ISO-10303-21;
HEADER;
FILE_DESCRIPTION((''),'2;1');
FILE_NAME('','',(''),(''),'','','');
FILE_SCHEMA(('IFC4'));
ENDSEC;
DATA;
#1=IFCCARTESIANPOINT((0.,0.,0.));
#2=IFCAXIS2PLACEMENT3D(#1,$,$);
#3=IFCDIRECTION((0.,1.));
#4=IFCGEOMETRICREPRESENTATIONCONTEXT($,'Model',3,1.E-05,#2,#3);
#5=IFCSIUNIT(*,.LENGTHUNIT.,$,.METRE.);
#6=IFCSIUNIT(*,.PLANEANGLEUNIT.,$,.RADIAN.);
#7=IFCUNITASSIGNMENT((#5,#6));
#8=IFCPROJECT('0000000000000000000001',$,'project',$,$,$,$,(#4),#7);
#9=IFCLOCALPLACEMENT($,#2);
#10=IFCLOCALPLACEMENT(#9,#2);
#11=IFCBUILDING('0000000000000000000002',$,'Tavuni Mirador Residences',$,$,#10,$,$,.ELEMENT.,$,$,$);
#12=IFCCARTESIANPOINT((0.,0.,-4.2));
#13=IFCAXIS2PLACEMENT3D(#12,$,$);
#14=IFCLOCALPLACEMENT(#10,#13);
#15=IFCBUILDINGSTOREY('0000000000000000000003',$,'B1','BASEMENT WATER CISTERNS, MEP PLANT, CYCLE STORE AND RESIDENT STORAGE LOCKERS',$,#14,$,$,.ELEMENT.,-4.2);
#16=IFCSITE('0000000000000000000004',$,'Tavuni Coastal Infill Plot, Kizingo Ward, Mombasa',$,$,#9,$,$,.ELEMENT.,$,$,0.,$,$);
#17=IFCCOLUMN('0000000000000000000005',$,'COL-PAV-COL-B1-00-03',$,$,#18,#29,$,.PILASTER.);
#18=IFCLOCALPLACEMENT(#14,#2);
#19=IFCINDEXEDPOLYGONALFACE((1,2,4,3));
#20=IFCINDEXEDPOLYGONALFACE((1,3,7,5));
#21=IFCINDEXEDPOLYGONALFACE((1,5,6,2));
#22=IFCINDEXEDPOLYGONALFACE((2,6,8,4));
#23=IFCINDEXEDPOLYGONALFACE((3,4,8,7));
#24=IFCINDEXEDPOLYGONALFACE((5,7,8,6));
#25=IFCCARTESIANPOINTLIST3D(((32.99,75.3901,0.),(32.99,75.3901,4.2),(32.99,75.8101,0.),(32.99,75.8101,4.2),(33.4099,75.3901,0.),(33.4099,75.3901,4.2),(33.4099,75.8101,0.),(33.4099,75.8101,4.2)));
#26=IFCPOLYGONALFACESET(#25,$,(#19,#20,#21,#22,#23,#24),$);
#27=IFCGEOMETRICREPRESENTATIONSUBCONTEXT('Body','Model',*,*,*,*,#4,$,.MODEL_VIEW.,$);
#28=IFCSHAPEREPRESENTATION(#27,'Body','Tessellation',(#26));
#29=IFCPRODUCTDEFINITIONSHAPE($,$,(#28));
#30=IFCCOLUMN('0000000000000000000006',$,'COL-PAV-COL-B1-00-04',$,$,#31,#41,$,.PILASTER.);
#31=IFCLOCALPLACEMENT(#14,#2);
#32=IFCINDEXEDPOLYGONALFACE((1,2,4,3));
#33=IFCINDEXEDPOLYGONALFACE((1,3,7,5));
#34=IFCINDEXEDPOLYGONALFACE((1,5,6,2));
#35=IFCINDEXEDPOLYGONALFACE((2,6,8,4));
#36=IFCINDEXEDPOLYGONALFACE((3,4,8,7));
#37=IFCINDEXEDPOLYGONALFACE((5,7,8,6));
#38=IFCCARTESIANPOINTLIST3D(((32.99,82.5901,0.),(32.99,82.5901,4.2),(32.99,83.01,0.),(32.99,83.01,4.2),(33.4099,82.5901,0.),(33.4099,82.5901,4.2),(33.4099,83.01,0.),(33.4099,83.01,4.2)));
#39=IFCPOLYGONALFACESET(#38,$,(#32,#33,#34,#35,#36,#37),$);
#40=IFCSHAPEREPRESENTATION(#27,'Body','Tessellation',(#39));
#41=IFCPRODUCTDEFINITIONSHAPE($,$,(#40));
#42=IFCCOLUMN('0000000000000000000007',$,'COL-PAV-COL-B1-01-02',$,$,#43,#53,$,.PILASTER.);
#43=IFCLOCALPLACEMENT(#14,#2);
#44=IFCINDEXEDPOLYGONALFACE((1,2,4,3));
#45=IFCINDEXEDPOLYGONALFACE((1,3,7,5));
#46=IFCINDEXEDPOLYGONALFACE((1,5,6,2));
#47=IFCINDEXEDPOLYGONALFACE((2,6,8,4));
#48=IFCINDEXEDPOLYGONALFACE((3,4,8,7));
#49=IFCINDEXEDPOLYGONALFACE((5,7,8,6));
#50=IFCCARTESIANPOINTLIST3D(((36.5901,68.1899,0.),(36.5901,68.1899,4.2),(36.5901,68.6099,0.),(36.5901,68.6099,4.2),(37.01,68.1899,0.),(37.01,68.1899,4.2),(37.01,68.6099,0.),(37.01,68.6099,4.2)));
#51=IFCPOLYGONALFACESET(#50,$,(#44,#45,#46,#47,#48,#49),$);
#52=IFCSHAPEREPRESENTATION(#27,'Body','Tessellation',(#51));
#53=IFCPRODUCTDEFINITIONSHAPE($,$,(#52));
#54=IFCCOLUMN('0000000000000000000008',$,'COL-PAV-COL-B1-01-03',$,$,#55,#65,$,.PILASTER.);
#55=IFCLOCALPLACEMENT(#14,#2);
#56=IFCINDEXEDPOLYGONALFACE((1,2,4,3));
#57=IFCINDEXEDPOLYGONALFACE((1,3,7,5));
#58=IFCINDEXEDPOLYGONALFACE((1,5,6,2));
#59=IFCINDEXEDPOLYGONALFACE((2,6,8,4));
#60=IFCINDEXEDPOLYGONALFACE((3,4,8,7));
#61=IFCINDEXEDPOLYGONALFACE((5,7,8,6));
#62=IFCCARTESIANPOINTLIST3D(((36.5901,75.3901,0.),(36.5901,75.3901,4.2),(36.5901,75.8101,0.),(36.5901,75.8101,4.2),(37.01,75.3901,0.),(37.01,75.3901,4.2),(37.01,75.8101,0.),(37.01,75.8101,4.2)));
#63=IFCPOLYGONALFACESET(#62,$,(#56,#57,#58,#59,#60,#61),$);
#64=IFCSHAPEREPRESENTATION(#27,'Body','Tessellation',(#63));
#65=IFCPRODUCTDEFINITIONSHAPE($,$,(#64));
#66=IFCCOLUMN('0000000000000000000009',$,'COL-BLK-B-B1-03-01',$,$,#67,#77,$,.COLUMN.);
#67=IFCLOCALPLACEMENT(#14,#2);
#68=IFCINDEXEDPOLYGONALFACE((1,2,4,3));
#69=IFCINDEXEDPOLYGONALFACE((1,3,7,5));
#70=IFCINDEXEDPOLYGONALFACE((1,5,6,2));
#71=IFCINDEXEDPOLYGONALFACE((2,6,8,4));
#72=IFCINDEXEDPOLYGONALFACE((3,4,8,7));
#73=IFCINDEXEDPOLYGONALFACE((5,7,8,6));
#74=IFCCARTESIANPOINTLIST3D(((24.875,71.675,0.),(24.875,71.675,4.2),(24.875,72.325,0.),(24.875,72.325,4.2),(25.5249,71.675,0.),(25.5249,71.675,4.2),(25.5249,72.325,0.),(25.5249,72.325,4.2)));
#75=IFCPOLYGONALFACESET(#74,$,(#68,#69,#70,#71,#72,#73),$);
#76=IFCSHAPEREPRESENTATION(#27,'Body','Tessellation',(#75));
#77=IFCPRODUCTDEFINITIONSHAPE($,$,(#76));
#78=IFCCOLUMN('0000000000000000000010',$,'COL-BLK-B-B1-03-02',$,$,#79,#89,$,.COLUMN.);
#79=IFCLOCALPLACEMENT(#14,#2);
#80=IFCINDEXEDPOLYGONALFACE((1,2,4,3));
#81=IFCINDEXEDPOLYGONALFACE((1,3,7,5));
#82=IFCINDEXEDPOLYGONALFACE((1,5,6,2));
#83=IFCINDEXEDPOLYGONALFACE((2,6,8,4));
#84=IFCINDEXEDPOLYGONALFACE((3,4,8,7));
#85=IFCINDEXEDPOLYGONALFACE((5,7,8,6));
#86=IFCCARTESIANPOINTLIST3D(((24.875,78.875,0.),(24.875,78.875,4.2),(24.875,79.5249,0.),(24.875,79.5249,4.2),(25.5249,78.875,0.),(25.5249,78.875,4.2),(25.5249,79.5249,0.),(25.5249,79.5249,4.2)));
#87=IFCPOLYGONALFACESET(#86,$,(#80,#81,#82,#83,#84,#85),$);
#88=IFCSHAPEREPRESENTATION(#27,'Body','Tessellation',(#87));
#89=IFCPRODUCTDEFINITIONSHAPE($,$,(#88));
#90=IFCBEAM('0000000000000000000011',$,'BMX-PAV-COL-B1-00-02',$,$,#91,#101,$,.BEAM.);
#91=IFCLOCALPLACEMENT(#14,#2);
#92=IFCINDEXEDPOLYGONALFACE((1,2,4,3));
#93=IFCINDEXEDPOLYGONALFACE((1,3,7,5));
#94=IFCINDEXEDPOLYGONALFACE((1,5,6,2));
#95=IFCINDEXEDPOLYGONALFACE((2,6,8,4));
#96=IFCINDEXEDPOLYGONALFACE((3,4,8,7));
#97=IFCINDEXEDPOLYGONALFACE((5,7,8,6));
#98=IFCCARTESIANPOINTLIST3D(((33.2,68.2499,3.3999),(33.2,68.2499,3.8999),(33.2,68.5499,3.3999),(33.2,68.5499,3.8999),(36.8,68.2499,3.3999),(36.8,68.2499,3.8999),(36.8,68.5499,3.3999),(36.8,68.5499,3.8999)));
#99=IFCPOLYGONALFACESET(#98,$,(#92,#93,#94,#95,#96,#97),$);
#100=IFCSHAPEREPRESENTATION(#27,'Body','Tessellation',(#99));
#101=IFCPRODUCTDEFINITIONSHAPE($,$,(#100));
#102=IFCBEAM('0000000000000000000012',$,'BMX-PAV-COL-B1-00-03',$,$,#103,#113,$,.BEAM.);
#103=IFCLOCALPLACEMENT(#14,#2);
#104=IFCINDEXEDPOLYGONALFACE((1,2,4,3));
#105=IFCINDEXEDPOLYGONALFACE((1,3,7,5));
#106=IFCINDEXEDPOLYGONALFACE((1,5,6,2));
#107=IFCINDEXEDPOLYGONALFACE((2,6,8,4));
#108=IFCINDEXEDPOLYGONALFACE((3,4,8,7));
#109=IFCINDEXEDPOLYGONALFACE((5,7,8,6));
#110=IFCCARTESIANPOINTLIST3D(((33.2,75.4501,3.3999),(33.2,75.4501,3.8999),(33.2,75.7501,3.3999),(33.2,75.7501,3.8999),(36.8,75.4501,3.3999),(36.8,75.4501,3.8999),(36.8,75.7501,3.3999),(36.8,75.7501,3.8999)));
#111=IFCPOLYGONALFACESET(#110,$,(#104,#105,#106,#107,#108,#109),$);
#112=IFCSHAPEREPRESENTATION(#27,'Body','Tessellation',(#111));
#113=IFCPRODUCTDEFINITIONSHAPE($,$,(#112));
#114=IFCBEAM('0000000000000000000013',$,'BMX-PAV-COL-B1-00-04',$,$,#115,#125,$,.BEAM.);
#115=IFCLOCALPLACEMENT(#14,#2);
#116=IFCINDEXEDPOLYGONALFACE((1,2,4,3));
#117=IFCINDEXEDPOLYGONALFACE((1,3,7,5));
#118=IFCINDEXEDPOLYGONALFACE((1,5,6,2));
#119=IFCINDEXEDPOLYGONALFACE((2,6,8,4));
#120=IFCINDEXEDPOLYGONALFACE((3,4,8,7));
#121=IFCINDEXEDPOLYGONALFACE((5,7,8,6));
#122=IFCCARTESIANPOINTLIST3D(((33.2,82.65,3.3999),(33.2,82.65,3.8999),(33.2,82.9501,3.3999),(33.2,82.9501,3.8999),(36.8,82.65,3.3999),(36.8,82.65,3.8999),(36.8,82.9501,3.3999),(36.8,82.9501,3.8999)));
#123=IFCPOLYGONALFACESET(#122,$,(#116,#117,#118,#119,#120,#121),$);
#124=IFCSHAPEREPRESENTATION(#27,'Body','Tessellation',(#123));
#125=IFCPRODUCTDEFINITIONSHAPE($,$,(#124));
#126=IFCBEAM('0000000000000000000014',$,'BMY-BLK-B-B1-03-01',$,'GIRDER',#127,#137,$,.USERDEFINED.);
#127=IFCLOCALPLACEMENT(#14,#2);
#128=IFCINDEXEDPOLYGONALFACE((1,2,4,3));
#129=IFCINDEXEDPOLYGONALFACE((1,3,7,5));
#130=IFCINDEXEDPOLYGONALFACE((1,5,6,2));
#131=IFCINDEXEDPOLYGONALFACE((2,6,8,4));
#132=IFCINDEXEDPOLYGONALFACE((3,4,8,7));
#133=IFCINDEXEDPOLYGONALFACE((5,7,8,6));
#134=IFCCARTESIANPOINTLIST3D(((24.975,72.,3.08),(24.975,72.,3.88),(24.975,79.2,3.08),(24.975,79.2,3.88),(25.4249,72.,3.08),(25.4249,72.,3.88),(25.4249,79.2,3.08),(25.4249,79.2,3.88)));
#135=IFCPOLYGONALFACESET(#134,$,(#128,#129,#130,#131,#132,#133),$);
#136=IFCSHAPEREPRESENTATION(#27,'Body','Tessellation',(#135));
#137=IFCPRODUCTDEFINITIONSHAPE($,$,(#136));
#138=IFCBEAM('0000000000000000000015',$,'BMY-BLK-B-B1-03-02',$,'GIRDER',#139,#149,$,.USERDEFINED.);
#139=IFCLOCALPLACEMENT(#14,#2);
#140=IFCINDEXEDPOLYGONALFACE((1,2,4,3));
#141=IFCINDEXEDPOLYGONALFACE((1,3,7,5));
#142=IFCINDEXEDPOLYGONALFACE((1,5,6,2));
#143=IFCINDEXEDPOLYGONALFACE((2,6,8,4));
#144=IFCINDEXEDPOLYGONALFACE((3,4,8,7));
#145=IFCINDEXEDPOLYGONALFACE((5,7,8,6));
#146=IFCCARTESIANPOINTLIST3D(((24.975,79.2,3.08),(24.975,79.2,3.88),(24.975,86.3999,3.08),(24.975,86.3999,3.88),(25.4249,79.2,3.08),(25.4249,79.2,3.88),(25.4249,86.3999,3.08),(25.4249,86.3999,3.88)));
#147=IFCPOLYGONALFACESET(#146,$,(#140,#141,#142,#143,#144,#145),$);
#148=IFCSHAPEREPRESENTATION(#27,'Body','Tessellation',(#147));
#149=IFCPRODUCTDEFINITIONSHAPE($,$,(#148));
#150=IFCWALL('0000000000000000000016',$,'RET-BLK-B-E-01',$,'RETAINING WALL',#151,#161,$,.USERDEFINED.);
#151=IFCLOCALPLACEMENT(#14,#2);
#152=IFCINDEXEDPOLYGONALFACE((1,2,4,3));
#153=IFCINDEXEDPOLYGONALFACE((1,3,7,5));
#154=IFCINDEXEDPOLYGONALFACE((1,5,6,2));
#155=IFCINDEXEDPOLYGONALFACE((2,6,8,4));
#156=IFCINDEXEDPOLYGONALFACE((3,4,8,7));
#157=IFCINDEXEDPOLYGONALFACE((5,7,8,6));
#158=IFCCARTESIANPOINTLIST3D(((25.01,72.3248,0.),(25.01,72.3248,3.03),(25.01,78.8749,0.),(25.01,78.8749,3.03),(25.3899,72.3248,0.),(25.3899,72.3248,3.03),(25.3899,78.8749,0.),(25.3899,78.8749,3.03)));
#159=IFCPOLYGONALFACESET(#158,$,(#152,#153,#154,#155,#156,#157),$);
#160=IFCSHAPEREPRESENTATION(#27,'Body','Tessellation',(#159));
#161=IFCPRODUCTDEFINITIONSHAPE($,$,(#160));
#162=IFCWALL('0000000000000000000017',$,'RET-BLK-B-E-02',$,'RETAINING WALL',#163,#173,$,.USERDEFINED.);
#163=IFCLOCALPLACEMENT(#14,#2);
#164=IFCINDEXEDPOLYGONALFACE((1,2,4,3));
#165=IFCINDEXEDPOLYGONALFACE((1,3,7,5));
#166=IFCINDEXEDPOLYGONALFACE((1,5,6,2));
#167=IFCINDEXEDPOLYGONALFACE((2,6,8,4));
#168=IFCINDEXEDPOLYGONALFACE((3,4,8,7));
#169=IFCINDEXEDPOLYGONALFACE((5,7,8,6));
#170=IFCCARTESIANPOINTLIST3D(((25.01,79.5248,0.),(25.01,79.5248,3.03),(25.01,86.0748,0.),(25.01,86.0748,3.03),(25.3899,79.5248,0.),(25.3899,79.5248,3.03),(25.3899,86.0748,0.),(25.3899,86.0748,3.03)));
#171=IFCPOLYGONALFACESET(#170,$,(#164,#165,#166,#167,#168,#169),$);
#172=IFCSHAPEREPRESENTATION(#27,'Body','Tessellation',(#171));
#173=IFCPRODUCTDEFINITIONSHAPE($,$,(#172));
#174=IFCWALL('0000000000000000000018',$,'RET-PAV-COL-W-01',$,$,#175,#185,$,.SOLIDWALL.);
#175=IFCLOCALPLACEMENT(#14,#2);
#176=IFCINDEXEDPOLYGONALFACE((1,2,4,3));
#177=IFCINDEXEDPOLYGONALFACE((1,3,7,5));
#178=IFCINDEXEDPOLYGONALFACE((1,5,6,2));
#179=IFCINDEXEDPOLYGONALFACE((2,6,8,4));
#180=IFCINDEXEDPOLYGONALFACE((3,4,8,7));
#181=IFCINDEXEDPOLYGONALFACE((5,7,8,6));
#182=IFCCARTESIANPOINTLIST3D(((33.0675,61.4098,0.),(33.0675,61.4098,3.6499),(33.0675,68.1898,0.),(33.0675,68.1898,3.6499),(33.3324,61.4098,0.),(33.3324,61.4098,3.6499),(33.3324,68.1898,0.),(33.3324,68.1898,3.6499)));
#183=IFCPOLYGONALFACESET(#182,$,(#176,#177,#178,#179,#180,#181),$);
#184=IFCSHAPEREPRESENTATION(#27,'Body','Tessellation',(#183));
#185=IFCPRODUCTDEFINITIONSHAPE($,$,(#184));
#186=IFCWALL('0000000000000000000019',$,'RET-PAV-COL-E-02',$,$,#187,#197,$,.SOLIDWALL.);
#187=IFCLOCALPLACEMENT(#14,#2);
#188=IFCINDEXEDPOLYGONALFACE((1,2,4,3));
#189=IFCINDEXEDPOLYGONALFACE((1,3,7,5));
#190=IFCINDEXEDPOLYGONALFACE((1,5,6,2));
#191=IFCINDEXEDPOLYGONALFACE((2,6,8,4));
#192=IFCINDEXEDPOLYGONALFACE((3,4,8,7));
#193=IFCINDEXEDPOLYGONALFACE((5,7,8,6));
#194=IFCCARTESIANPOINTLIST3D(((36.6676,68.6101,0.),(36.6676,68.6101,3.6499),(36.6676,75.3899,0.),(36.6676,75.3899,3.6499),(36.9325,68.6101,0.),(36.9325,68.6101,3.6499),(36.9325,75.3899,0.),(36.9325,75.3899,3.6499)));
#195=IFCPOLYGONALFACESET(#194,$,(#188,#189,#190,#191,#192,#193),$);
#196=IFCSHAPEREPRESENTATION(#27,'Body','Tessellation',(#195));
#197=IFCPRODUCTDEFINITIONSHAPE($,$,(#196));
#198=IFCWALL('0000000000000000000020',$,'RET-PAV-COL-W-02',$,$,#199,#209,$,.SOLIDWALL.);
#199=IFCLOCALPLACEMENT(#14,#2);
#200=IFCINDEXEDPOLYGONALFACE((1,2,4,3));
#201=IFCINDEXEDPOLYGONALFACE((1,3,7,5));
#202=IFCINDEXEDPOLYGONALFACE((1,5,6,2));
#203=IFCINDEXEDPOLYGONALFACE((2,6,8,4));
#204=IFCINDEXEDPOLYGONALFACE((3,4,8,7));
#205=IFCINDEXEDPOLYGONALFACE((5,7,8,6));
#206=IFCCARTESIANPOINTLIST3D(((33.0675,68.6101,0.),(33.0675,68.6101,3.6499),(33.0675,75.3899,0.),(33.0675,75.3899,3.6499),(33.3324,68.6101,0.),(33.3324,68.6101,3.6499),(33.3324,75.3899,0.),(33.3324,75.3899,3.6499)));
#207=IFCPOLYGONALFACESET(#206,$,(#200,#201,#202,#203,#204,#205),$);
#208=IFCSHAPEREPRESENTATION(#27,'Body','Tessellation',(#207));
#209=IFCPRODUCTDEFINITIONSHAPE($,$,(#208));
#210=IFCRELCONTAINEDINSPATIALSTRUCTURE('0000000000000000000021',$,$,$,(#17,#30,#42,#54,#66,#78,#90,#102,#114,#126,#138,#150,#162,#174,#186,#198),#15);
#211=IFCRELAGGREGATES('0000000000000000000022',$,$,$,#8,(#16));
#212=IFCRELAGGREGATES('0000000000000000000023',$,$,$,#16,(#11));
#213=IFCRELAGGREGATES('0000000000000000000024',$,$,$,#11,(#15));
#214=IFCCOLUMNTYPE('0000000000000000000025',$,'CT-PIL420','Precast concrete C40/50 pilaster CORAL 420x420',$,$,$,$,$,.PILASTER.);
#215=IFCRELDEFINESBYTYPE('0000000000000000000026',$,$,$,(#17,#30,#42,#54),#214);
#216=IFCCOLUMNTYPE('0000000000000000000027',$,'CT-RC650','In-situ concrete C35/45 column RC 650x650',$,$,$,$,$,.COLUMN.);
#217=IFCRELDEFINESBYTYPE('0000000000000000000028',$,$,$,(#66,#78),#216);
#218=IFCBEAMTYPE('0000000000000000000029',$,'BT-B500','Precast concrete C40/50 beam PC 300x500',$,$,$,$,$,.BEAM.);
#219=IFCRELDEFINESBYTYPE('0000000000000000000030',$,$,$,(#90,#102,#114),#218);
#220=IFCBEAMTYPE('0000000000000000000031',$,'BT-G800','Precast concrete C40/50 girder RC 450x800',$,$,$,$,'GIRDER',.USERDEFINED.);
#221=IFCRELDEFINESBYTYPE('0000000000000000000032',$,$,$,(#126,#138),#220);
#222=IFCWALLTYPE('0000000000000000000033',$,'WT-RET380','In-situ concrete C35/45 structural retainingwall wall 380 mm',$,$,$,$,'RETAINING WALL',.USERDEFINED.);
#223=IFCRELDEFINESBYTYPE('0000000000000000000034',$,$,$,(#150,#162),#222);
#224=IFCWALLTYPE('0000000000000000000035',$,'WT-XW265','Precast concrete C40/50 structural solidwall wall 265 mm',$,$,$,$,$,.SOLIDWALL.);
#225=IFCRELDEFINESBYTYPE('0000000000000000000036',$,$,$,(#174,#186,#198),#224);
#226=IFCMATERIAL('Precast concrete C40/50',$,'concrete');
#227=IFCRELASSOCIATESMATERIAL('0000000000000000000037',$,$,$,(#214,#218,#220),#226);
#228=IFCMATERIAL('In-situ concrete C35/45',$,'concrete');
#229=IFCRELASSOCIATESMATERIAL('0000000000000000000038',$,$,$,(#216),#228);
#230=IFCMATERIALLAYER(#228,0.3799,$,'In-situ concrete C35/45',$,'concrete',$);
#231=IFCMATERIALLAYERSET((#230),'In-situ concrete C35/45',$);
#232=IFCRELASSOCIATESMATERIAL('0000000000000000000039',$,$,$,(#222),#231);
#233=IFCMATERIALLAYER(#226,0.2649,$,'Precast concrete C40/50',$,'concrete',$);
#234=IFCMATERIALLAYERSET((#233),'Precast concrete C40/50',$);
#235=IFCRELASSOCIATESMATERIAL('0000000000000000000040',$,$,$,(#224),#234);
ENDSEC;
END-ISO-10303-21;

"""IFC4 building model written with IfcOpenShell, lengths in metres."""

from ifc_helpers import new_model, si_unit, direction, frame, frame_2d, origin, origin_2d, place, context, subcontext, project, spatial, rectangle, extrude, material, layer, layer_set, material_profile, profile_set, type_object, element, save


model = new_model("IFC4")

# Units and contexts
model_context = context("Model", 3, precision=1e-05, world=origin(), true_north=direction((0.0, 1.0)))
body_context = subcontext(model_context, "Body", "Model", "MODEL_VIEW")
ifc_project = project(units=[si_unit("LENGTHUNIT", "METRE"), si_unit("PLANEANGLEUNIT", "RADIAN")], contexts=[model_context])

# Site, building, storey
site_placement = place(None, origin())
site = spatial("IfcSite", under=ifc_project, at=site_placement, Name="Tavuni Coastal Infill Plot, Kizingo Ward, Mombasa", CompositionType="ELEMENT", RefElevation=0.0)
building_placement = place(site_placement, origin())
building = spatial("IfcBuilding", under=site, at=building_placement, Name="Tavuni Mirador Residences", CompositionType="ELEMENT")
storey_placement = place(building_placement, frame((0.0, 0.0, -4.2)))
storey = spatial("IfcBuildingStorey", under=building, at=storey_placement, Name="B1", Description="BASEMENT WATER CISTERNS, MEP PLANT, CYCLE STORE AND RESIDENT STORAGE LOCKERS", CompositionType="ELEMENT", Elevation=-4.2)

# Shared definitions
ifc_material_1 = material(Name="In-situ concrete C35/45", Category="concrete")

# Columns
ifc_material_2 = material(Name="Precast concrete C40/50", Category="concrete")
ifc_material_profile_1 = material_profile(ifc_material_2, rectangle(XDim=0.4199, YDim=0.4199, at=origin_2d()), Name="CORAL 420x420", Category="concrete")
ifc_profile_set_1 = profile_set([ifc_material_profile_1], Name="Precast concrete C40/50")
column_type_1 = type_object("IfcColumnType", Name="CT-PIL420", Description="Precast concrete C40/50 pilaster CORAL 420x420", PredefinedType="PILASTER", material=ifc_profile_set_1)
for number, where, z_axis, x_axis, name in (
    (1, (33.2, 75.6001, 0.0), (0.0, 0.0, 1.0), (1.0, 0.0, 0.0), "COL-PAV-COL-B1-00-03"),
    (2, (33.2, 82.8, 0.0), (0.0, 0.0, 1.0), (1.0, 0.0, 0.0), "COL-PAV-COL-B1-00-04"),
    (3, (36.8, 68.3999, 0.0), (0.0, 0.0, 1.0), (1.0, 0.0, 0.0), "COL-PAV-COL-B1-01-02"),
    (4, (36.8, 75.6001, 0.0), (0.0, 0.0, 1.0), (1.0, 0.0, 0.0), "COL-PAV-COL-B1-01-03"),
):
    element("IfcColumn", number, at=place(storey_placement, frame(where, z_axis=z_axis, x_axis=x_axis)), inside=storey, type_object=column_type_1, Name=name, PredefinedType="PILASTER", context=body_context, shape_type="SweptSolid", body=[
        extrude(rectangle(XDim=0.4199, YDim=0.4199, at=origin_2d()), origin(), (0.0, 0.0, 1.0), 4.2),
    ])
ifc_material_profile_2 = material_profile(ifc_material_1, rectangle(XDim=0.6499, YDim=0.6499, at=origin_2d()), Name="RC 650x650", Category="concrete")
ifc_profile_set_2 = profile_set([ifc_material_profile_2], Name="In-situ concrete C35/45")
column_type_2 = type_object("IfcColumnType", Name="CT-RC650", Description="In-situ concrete C35/45 column RC 650x650", PredefinedType="COLUMN", material=ifc_profile_set_2)
for number, where, z_axis, x_axis, name in (
    (5, (25.2, 72.0, 0.0), (0.0, 0.0, 1.0), (1.0, 0.0, 0.0), "COL-BLK-B-B1-03-01"),
    (6, (25.2, 79.2, 0.0), (0.0, 0.0, 1.0), (1.0, 0.0, 0.0), "COL-BLK-B-B1-03-02"),
):
    element("IfcColumn", number, at=place(storey_placement, frame(where, z_axis=z_axis, x_axis=x_axis)), inside=storey, type_object=column_type_2, Name=name, PredefinedType="COLUMN", context=body_context, shape_type="SweptSolid", body=[
        extrude(rectangle(XDim=0.6499, YDim=0.6499, at=origin_2d()), origin(), (0.0, 0.0, 1.0), 4.2),
    ])

# Beams
ifc_material_profile_3 = material_profile(ifc_material_2, rectangle(XDim=0.3, YDim=0.5, at=origin_2d()), Name="PC 300x500", Category="concrete")
ifc_profile_set_3 = profile_set([ifc_material_profile_3], Name="Precast concrete C40/50")
beam_type_1 = type_object("IfcBeamType", Name="BT-B500", Description="Precast concrete C40/50 beam PC 300x500", PredefinedType="BEAM", material=ifc_profile_set_3)
for number, where, z_axis, x_axis, name in (
    (7, (33.2, 68.3999, 3.6499), (1.0, 0.0, 0.0), (0.0, 1.0, 0.0), "BMX-PAV-COL-B1-00-02"),
    (8, (33.2, 75.6001, 3.6499), (1.0, 0.0, 0.0), (0.0, 1.0, 0.0), "BMX-PAV-COL-B1-00-03"),
    (9, (33.2, 82.8, 3.6499), (1.0, 0.0, 0.0), (0.0, 1.0, 0.0), "BMX-PAV-COL-B1-00-04"),
):
    element("IfcBeam", number, at=place(storey_placement, frame(where, z_axis=z_axis, x_axis=x_axis)), inside=storey, type_object=beam_type_1, Name=name, PredefinedType="BEAM", context=body_context, shape_type="SweptSolid", body=[
        extrude(rectangle(XDim=0.3, YDim=0.5, at=origin_2d()), origin(), (0.0, 0.0, 1.0), 3.6001),
    ])
ifc_material_profile_4 = material_profile(ifc_material_2, rectangle(XDim=0.45, YDim=0.8, at=origin_2d()), Name="RC 450x800", Category="concrete")
ifc_profile_set_4 = profile_set([ifc_material_profile_4], Name="Precast concrete C40/50")
beam_type_2 = type_object("IfcBeamType", Name="BT-G800", Description="Precast concrete C40/50 girder RC 450x800", ElementType="GIRDER", PredefinedType="USERDEFINED", material=ifc_profile_set_4)
for number, where, z_axis, x_axis, name in (
    (10, (25.2, 72.0, 3.48), (0.0, 1.0, 0.0), (-1.0, 0.0, 0.0), "BMY-BLK-B-B1-03-01"),
    (11, (25.2, 79.2, 3.48), (0.0, 1.0, 0.0), (-1.0, 0.0, 0.0), "BMY-BLK-B-B1-03-02"),
):
    element("IfcBeam", number, at=place(storey_placement, frame(where, z_axis=z_axis, x_axis=x_axis)), inside=storey, type_object=beam_type_2, Name=name, ObjectType="GIRDER", PredefinedType="USERDEFINED", context=body_context, shape_type="SweptSolid", body=[
        extrude(rectangle(XDim=0.45, YDim=0.8, at=origin_2d()), origin(), (0.0, 0.0, 1.0), 7.2),
    ])

# Walls
ifc_layer_1 = layer(ifc_material_1, 0.3799, Name="In-situ concrete C35/45", Category="concrete")
ifc_layer_set_1 = layer_set([ifc_layer_1], Name="In-situ concrete C35/45")
wall_type_1 = type_object("IfcWallType", Name="WT-RET380", Description="In-situ concrete C35/45 structural retainingwall wall 380 mm", ElementType="RETAINING WALL", PredefinedType="USERDEFINED", material=ifc_layer_set_1)
for number, where, z_axis, x_axis, name in (
    (12, (25.2, 72.325, 0.0), (0.0, 0.0, 1.0), (0.0, 1.0, 0.0), "RET-BLK-B-E-01"),
    (13, (25.2, 79.5249, 0.0), (0.0, 0.0, 1.0), (0.0, 1.0, 0.0), "RET-BLK-B-E-02"),
):
    element("IfcWall", number, at=place(storey_placement, frame(where, z_axis=z_axis, x_axis=x_axis)), inside=storey, type_object=wall_type_1, Name=name, ObjectType="RETAINING WALL", PredefinedType="USERDEFINED", context=body_context, shape_type="SweptSolid", body=[
        extrude(rectangle(XDim=6.55, YDim=0.3799, at=frame_2d((3.2749, 0.0))), origin(), (0.0, 0.0, 1.0), 3.03),
    ])
ifc_layer_2 = layer(ifc_material_2, 0.2649, Name="Precast concrete C40/50", Category="concrete")
ifc_layer_set_2 = layer_set([ifc_layer_2], Name="Precast concrete C40/50")
wall_type_2 = type_object("IfcWallType", Name="WT-XW265", Description="Precast concrete C40/50 structural solidwall wall 265 mm", PredefinedType="SOLIDWALL", material=ifc_layer_set_2)
wall_1_placement = place(storey_placement, frame((33.2, 68.1899, 0.0), z_axis=(0.0, 0.0, 1.0), x_axis=(0.0, -1.0, 0.0)))
element("IfcWall", 14, at=wall_1_placement, inside=storey, type_object=wall_type_2, Name="RET-PAV-COL-W-01", PredefinedType="SOLIDWALL", context=body_context, shape_type="SweptSolid", body=[
    extrude(rectangle(XDim=6.78, YDim=0.2649, at=frame_2d((3.3901, 0.0))), origin(), (0.0, 0.0, 1.0), 3.6499),
])
for number, where, z_axis, x_axis, name in (
    (15, (36.8, 68.6101, 0.0), (0.0, 0.0, 1.0), (0.0, 1.0, 0.0), "RET-PAV-COL-E-02"),
    (16, (33.2, 75.3899, 0.0), (0.0, 0.0, 1.0), (0.0, -1.0, 0.0), "RET-PAV-COL-W-02"),
):
    element("IfcWall", number, at=place(storey_placement, frame(where, z_axis=z_axis, x_axis=x_axis)), inside=storey, type_object=wall_type_2, Name=name, PredefinedType="SOLIDWALL", context=body_context, shape_type="SweptSolid", body=[
        extrude(rectangle(XDim=6.7798, YDim=0.2649, at=frame_2d((3.3899, 0.0))), origin(), (0.0, 0.0, 1.0), 3.6499),
    ])

save(model, "model.ifc")
